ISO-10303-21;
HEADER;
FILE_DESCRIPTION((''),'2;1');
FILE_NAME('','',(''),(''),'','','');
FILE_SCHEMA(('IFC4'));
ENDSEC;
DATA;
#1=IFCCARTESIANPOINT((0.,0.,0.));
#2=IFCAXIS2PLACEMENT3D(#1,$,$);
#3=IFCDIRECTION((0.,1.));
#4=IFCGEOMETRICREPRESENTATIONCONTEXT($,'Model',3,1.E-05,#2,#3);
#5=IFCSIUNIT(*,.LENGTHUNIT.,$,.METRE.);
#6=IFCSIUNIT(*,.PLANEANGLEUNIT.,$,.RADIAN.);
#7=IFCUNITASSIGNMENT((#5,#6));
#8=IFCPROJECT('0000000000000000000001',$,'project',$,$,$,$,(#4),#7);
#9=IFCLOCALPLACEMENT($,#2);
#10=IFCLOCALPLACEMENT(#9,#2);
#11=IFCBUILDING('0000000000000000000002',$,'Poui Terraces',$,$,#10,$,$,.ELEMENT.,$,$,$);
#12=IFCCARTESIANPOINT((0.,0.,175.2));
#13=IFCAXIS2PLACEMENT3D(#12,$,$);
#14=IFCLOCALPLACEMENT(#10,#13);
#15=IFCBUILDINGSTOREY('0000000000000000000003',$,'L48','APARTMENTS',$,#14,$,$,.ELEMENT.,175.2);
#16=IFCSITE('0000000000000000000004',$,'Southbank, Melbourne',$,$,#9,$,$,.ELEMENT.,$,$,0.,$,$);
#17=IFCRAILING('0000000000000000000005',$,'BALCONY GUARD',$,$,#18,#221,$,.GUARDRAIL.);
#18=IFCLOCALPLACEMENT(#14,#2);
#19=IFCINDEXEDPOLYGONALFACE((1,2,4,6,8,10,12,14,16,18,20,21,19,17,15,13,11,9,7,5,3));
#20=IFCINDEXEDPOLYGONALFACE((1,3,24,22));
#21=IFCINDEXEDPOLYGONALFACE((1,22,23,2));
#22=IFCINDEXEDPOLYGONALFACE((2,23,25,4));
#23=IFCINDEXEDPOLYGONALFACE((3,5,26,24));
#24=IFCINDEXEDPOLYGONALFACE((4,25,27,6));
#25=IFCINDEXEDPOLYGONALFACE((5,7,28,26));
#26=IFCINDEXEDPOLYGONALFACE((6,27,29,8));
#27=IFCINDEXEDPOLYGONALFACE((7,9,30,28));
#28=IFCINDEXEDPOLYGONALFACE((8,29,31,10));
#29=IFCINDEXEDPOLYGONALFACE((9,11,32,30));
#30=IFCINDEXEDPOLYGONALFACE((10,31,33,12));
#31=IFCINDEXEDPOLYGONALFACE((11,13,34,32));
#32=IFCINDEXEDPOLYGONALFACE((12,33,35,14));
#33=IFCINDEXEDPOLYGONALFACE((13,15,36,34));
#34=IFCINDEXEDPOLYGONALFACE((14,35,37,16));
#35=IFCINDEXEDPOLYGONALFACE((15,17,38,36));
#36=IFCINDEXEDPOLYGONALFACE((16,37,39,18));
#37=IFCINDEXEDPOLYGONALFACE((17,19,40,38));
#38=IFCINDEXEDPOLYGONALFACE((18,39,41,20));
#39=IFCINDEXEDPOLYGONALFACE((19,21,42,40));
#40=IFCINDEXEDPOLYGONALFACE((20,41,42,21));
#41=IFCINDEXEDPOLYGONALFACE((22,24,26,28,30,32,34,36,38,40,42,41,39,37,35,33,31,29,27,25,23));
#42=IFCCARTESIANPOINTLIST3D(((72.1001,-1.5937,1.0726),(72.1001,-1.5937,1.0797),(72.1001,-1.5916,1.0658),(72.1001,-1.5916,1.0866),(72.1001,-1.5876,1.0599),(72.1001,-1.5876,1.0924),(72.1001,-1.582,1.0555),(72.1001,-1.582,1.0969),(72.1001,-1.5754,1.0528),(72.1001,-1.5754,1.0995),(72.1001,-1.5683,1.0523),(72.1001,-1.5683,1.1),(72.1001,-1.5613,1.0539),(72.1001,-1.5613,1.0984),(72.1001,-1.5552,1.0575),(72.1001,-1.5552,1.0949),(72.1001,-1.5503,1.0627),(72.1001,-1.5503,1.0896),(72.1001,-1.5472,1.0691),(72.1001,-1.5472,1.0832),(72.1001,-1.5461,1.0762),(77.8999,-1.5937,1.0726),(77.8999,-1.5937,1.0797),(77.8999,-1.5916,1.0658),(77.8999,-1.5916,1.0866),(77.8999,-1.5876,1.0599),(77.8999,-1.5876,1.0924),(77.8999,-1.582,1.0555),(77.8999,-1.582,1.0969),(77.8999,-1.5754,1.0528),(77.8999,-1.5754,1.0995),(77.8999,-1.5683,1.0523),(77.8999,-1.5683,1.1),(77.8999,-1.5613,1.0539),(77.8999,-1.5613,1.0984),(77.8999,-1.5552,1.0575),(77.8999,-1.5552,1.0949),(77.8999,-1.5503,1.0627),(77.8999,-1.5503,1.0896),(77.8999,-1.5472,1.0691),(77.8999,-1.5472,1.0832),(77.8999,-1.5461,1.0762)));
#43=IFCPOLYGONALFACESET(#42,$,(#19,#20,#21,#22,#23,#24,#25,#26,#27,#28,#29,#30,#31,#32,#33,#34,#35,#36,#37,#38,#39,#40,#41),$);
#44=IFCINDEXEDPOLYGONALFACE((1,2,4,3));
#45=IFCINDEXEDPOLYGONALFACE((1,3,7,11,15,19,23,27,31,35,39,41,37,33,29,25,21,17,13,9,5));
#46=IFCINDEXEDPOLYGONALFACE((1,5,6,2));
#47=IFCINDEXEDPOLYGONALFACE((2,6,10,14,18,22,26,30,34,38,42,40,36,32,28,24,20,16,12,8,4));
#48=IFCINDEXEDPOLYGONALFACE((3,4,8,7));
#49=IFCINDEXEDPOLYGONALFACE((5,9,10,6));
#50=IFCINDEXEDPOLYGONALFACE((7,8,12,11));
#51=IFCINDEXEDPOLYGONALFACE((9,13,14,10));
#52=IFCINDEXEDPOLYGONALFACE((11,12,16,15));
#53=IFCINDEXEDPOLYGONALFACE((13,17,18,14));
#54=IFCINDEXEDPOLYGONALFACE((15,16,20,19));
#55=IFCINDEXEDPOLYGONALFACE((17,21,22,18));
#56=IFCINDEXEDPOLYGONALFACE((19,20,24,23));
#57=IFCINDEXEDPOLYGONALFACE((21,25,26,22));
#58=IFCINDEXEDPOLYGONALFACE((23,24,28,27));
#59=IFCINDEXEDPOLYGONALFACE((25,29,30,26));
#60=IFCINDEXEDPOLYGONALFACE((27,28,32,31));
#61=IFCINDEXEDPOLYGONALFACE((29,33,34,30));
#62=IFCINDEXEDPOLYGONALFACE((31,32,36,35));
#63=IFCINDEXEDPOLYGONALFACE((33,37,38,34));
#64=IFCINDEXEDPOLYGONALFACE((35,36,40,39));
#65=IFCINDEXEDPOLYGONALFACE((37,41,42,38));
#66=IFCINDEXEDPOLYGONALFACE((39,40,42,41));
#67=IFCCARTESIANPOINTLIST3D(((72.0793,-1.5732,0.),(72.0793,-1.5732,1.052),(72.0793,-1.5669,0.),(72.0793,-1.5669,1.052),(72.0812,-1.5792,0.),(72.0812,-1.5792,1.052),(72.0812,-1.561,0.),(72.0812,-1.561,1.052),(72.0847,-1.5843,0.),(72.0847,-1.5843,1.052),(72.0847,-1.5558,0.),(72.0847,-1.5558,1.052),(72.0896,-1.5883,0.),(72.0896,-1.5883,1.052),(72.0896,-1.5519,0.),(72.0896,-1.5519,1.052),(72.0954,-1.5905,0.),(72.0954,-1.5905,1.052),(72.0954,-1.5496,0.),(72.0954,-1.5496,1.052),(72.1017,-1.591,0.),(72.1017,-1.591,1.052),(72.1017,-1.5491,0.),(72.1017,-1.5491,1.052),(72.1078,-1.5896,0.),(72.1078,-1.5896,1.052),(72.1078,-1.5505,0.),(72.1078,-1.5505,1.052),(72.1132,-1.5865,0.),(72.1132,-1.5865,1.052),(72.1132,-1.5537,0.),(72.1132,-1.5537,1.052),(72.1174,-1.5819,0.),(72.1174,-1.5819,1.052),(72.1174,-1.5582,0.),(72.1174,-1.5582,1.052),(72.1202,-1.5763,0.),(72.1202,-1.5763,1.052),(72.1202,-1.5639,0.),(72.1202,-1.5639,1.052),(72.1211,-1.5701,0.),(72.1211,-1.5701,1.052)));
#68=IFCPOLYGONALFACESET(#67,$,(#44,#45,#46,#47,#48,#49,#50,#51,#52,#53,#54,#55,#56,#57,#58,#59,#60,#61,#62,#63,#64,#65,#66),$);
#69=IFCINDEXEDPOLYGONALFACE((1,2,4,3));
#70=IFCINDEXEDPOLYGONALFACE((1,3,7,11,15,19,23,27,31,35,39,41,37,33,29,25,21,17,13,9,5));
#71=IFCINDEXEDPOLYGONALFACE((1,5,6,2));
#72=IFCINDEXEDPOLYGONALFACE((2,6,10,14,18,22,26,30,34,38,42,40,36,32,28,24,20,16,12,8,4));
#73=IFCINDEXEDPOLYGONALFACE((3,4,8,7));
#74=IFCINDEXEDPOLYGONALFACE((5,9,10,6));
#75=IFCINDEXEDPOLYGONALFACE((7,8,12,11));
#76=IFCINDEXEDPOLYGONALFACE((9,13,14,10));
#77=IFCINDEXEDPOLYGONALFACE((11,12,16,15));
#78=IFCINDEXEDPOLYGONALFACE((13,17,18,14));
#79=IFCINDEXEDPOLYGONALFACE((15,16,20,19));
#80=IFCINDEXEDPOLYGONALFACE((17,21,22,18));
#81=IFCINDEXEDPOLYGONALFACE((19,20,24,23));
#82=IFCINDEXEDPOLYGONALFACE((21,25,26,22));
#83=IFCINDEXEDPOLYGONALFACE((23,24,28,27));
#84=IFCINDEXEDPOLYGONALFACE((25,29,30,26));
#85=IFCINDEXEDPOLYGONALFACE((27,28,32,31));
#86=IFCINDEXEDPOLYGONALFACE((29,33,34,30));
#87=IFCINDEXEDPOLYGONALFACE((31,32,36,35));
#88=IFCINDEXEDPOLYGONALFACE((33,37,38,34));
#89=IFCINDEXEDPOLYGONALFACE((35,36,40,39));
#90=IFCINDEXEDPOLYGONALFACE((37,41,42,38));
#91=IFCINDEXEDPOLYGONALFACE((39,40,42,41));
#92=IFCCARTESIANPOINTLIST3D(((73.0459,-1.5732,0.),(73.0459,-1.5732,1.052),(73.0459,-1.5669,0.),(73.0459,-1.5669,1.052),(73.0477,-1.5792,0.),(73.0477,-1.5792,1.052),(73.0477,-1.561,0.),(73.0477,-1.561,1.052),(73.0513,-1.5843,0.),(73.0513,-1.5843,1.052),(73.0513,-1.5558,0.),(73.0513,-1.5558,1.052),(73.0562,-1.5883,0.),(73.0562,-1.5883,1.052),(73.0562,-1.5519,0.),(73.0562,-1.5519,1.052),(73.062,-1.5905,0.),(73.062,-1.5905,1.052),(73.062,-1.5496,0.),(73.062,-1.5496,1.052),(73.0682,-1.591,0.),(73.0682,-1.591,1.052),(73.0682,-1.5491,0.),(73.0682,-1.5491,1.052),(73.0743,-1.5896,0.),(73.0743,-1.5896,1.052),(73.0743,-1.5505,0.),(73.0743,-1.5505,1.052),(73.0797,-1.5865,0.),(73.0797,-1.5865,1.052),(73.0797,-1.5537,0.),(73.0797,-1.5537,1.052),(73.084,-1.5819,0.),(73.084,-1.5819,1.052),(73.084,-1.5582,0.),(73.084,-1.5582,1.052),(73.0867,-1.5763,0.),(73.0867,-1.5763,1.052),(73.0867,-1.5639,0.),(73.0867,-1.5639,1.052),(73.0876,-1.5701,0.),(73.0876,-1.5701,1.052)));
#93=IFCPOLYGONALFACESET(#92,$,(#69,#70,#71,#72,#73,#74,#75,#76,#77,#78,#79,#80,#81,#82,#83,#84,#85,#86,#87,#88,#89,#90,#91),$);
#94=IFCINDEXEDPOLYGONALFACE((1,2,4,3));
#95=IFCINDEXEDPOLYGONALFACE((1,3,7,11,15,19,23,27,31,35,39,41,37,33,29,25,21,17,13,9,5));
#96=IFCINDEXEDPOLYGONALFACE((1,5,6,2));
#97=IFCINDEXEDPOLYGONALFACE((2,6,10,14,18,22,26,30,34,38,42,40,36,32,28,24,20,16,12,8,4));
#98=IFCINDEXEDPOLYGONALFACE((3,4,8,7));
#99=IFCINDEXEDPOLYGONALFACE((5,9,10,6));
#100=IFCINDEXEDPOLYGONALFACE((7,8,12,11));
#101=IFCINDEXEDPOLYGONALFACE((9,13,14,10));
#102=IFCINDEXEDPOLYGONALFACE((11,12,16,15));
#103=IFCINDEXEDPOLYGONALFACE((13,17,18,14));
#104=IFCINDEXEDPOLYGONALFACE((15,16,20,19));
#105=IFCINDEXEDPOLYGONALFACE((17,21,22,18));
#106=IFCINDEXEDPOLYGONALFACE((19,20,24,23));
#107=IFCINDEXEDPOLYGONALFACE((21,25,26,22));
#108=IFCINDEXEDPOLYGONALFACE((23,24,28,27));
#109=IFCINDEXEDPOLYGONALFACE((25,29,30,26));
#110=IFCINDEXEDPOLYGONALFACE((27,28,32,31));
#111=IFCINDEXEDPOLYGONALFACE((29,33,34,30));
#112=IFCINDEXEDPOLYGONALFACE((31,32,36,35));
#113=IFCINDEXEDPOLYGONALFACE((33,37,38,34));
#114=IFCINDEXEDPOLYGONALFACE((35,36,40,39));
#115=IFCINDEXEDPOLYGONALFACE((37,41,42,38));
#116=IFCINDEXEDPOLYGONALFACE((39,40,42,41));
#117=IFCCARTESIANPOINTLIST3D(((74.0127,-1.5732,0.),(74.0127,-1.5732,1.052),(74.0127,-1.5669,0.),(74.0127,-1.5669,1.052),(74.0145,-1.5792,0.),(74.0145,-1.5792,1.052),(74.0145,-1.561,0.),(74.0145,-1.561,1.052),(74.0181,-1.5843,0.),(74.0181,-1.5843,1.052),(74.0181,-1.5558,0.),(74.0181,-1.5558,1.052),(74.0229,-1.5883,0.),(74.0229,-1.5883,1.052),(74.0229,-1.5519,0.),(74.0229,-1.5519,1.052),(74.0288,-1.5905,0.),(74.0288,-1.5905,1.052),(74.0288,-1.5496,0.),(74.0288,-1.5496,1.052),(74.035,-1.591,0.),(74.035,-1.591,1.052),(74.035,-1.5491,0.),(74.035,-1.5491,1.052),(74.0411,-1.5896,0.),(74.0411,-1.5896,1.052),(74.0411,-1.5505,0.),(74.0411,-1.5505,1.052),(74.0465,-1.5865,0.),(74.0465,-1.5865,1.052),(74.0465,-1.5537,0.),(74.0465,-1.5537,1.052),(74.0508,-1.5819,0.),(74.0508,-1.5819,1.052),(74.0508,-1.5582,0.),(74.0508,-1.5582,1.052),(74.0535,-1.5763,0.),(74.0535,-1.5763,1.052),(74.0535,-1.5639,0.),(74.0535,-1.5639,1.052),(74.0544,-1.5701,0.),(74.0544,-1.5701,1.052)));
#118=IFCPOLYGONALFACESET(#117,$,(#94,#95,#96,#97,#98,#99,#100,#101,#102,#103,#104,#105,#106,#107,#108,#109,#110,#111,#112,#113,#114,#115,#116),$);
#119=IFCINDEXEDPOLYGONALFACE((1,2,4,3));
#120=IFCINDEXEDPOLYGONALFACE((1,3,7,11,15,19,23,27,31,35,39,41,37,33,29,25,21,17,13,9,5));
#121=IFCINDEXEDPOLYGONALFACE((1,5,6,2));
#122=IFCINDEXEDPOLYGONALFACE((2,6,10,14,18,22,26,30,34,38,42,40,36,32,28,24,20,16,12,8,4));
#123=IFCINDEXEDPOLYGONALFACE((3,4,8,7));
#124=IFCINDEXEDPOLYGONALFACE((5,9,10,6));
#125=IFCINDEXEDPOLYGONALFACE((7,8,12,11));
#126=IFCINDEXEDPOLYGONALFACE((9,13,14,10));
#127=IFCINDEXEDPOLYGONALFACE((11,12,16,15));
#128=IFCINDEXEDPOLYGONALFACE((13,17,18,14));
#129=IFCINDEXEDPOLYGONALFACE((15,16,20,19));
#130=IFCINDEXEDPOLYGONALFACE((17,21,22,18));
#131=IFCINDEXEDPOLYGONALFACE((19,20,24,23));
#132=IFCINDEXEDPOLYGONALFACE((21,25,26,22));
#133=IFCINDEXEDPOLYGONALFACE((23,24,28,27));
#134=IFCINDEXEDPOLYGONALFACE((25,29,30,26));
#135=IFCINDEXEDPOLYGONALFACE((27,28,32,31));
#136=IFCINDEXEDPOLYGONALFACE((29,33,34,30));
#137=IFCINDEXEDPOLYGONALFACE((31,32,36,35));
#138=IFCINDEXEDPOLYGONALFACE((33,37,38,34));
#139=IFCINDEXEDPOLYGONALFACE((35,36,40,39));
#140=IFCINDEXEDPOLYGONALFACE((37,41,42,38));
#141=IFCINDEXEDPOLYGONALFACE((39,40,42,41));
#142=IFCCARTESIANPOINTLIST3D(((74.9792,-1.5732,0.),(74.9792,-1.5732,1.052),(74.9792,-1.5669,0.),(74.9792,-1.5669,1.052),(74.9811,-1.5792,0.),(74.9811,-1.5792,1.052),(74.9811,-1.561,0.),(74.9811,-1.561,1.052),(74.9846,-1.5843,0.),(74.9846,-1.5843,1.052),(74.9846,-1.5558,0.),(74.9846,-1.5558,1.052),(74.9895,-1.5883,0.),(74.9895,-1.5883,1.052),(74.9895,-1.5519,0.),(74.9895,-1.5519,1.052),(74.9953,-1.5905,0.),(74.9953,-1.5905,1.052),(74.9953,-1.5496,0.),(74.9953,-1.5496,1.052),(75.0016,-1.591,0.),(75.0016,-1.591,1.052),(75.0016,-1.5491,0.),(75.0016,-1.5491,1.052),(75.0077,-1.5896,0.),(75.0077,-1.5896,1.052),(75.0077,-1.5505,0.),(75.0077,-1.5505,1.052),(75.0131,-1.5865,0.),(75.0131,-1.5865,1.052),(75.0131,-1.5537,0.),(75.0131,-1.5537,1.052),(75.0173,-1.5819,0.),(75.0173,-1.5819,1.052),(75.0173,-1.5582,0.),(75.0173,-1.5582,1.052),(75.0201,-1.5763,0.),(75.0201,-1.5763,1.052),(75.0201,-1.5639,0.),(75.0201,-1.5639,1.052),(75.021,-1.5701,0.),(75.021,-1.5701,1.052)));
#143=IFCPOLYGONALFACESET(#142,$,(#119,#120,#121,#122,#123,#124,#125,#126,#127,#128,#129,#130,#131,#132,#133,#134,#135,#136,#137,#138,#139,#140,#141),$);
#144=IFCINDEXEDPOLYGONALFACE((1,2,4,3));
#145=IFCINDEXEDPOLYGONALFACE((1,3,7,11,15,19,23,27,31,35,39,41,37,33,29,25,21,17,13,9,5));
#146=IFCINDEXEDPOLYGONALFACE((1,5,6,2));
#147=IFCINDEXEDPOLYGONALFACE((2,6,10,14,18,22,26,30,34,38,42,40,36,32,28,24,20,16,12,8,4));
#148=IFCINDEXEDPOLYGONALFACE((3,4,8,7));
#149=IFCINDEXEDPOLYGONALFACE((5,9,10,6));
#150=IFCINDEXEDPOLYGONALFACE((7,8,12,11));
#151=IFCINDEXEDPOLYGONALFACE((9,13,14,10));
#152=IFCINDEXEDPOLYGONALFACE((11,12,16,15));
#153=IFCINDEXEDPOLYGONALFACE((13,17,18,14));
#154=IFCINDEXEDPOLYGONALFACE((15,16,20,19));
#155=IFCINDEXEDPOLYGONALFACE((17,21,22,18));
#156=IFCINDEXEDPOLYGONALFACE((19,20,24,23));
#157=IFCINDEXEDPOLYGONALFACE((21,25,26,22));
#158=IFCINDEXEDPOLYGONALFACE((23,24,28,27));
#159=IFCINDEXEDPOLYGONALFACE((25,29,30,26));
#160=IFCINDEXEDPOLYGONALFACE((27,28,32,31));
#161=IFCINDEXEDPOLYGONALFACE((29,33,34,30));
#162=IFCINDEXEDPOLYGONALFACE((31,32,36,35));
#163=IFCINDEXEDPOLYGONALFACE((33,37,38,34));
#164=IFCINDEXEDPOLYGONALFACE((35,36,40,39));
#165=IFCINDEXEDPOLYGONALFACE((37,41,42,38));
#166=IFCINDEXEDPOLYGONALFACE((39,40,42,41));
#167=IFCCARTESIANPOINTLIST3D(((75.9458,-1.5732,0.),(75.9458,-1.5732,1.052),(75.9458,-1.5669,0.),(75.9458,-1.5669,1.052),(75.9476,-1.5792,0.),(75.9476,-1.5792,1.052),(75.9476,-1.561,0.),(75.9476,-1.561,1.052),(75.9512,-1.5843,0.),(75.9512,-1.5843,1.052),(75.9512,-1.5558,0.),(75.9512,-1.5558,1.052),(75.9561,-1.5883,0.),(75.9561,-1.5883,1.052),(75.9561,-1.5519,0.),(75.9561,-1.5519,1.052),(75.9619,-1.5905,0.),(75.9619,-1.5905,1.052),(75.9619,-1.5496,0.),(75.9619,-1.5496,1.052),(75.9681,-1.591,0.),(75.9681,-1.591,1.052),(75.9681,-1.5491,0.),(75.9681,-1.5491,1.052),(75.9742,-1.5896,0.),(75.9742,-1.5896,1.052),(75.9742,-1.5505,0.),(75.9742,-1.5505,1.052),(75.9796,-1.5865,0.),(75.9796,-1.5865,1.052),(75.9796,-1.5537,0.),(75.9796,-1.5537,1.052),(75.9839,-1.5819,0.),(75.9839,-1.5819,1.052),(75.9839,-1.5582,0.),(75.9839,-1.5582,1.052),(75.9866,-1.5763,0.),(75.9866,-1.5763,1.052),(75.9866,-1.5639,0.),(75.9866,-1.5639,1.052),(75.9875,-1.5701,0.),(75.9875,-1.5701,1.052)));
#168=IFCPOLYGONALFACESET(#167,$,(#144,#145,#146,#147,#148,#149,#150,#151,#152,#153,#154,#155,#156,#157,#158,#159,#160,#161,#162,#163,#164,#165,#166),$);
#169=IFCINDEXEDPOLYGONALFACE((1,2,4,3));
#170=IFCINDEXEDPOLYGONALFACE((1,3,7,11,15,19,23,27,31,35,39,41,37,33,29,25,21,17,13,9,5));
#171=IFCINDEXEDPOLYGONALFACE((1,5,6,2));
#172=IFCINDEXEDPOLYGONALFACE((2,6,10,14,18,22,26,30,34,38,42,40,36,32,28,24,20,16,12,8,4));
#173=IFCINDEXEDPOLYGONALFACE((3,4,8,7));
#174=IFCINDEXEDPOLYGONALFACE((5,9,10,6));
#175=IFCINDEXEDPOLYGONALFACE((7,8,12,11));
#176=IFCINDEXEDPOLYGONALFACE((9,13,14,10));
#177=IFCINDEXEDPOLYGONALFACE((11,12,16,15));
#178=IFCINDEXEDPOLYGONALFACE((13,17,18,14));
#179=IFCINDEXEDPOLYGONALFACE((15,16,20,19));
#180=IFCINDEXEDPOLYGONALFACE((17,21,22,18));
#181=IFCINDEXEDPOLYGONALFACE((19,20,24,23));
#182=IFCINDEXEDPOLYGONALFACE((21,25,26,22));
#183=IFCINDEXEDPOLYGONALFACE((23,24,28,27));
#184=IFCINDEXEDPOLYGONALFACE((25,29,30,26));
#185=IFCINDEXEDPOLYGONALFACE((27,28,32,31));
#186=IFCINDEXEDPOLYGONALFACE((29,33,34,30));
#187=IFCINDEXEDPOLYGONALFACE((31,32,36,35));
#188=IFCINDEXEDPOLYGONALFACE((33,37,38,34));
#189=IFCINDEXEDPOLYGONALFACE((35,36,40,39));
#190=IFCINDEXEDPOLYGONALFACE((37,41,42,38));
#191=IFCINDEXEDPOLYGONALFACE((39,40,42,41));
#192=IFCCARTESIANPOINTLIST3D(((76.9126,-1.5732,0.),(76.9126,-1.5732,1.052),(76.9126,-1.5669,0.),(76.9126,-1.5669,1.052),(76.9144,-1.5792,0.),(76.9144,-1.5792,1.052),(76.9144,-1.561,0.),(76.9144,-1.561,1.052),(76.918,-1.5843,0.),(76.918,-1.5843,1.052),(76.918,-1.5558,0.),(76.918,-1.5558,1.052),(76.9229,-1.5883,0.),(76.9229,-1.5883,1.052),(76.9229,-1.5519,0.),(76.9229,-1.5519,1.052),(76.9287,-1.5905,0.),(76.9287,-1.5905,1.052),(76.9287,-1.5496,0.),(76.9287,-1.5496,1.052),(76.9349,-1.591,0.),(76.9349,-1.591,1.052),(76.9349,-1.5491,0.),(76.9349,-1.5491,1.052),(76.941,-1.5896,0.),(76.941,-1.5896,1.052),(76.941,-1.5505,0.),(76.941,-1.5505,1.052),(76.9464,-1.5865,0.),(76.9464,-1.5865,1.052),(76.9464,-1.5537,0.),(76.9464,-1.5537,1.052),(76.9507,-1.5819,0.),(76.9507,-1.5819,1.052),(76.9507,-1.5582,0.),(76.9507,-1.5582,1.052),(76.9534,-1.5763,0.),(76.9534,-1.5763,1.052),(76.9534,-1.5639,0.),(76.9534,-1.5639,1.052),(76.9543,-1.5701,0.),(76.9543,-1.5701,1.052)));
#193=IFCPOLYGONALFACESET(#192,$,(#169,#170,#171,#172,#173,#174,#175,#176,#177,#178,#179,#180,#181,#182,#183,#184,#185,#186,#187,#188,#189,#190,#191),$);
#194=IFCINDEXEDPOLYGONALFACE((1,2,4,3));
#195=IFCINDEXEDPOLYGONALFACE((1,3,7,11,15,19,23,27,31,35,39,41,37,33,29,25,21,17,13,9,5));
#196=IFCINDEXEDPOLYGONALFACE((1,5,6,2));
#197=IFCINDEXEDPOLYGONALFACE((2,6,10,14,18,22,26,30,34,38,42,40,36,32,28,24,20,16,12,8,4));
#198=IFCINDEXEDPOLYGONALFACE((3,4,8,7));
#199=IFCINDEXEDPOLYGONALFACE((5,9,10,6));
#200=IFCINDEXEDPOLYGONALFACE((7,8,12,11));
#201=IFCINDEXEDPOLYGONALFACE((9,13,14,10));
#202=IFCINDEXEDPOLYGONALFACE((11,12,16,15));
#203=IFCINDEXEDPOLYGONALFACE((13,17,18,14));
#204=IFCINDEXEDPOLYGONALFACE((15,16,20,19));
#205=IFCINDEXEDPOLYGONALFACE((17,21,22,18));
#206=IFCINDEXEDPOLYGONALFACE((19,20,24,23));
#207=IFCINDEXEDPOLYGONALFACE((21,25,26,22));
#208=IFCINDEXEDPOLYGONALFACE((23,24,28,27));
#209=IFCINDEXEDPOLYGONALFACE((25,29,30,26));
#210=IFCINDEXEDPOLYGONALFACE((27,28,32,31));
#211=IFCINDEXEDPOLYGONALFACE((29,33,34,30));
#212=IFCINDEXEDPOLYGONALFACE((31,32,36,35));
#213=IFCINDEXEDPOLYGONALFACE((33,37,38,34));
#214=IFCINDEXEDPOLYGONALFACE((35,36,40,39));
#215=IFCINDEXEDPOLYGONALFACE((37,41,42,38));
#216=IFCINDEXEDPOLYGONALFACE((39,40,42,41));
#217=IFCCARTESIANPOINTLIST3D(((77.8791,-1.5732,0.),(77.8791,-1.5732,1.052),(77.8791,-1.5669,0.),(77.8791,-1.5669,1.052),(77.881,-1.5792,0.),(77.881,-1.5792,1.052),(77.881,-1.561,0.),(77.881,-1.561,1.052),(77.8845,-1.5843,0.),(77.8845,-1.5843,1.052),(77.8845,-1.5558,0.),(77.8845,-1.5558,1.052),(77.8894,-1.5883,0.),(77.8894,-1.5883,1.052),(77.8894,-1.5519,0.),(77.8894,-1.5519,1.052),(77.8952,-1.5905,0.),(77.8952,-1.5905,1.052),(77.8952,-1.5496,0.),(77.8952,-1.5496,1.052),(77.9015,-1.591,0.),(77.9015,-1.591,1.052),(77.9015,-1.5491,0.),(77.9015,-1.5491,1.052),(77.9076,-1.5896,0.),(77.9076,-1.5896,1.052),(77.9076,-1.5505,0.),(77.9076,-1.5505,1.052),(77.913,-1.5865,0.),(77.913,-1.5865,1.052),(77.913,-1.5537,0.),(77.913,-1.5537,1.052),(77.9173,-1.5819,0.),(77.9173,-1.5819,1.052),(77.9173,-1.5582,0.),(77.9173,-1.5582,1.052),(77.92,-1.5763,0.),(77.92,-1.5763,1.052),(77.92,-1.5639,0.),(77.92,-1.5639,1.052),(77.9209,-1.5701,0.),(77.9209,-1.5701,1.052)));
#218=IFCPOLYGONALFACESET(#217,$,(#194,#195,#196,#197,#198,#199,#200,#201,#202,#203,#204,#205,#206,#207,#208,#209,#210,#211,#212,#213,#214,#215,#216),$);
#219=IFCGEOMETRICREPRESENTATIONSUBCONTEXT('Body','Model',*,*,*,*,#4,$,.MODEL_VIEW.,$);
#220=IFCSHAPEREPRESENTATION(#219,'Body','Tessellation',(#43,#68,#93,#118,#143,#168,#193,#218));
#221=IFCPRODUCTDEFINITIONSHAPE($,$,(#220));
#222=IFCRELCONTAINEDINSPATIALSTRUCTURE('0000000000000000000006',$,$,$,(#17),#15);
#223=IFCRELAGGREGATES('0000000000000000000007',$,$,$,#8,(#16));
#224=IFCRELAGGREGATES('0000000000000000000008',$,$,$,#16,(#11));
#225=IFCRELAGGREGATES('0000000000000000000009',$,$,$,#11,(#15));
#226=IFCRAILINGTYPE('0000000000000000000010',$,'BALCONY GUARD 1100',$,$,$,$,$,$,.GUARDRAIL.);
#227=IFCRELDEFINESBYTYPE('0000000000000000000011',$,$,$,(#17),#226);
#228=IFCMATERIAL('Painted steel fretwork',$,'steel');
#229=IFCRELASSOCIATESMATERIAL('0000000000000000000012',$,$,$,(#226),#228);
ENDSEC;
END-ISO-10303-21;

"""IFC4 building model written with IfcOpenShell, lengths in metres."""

from ifc_helpers import new_model, si_unit, direction, frame, origin, origin_2d, place, context, subcontext, project, spatial, circle, extrude, material, type_object, element, save


model = new_model("IFC4")

# Units and contexts
model_context = context("Model", 3, precision=1e-05, world=origin(), true_north=direction((0.0, 1.0)))
body_context = subcontext(model_context, "Body", "Model", "MODEL_VIEW")
ifc_project = project(units=[si_unit("LENGTHUNIT", "METRE"), si_unit("PLANEANGLEUNIT", "RADIAN")], contexts=[model_context])

# Site, building, storey
site_placement = place(None, origin())
site = spatial("IfcSite", under=ifc_project, at=site_placement, Name="Southbank, Melbourne", CompositionType="ELEMENT", RefElevation=0.0)
building_placement = place(site_placement, origin())
building = spatial("IfcBuilding", under=site, at=building_placement, Name="Poui Terraces", CompositionType="ELEMENT")
storey_placement = place(building_placement, frame((0.0, 0.0, 175.2)))
storey = spatial("IfcBuildingStorey", under=building, at=storey_placement, Name="L48", Description="APARTMENTS", CompositionType="ELEMENT", Elevation=175.2)

# Railing
ifc_material_1 = material(Name="Painted steel fretwork", Category="steel")
railing_type = type_object("IfcRailingType", Name="BALCONY GUARD 1100", PredefinedType="GUARDRAIL", material=ifc_material_1)
railing_placement = place(storey_placement, frame((72.1001, -1.5701, 0.0)))
element("IfcRailing", 1, at=railing_placement, inside=storey, type_object=railing_type, Name="BALCONY GUARD", PredefinedType="GUARDRAIL", context=body_context, shape_type="SweptSolid", body=[
    extrude(circle(Radius=0.0239, at=origin_2d()), frame((0.0, 0.0, 1.0762), z_axis=(1.0, 0.0, 0.0), x_axis=(0.0, 1.0, 0.0)), (0.0, 0.0, 1.0), 5.7998),
    extrude(circle(Radius=0.021, at=origin_2d()), origin(), (0.0, 0.0, 1.0), 1.052),
    extrude(circle(Radius=0.021, at=origin_2d()), frame((0.9666, 0.0, 0.0)), (0.0, 0.0, 1.0), 1.052),
    extrude(circle(Radius=0.021, at=origin_2d()), frame((1.9333, 0.0, 0.0)), (0.0, 0.0, 1.0), 1.052),
    extrude(circle(Radius=0.021, at=origin_2d()), frame((2.8999, 0.0, 0.0)), (0.0, 0.0, 1.0), 1.052),
    extrude(circle(Radius=0.021, at=origin_2d()), frame((3.8665, 0.0, 0.0)), (0.0, 0.0, 1.0), 1.052),
    extrude(circle(Radius=0.021, at=origin_2d()), frame((4.8333, 0.0, 0.0)), (0.0, 0.0, 1.0), 1.052),
    extrude(circle(Radius=0.021, at=origin_2d()), frame((5.7998, 0.0, 0.0)), (0.0, 0.0, 1.0), 1.052),
])

save(model, "model.ifc")
